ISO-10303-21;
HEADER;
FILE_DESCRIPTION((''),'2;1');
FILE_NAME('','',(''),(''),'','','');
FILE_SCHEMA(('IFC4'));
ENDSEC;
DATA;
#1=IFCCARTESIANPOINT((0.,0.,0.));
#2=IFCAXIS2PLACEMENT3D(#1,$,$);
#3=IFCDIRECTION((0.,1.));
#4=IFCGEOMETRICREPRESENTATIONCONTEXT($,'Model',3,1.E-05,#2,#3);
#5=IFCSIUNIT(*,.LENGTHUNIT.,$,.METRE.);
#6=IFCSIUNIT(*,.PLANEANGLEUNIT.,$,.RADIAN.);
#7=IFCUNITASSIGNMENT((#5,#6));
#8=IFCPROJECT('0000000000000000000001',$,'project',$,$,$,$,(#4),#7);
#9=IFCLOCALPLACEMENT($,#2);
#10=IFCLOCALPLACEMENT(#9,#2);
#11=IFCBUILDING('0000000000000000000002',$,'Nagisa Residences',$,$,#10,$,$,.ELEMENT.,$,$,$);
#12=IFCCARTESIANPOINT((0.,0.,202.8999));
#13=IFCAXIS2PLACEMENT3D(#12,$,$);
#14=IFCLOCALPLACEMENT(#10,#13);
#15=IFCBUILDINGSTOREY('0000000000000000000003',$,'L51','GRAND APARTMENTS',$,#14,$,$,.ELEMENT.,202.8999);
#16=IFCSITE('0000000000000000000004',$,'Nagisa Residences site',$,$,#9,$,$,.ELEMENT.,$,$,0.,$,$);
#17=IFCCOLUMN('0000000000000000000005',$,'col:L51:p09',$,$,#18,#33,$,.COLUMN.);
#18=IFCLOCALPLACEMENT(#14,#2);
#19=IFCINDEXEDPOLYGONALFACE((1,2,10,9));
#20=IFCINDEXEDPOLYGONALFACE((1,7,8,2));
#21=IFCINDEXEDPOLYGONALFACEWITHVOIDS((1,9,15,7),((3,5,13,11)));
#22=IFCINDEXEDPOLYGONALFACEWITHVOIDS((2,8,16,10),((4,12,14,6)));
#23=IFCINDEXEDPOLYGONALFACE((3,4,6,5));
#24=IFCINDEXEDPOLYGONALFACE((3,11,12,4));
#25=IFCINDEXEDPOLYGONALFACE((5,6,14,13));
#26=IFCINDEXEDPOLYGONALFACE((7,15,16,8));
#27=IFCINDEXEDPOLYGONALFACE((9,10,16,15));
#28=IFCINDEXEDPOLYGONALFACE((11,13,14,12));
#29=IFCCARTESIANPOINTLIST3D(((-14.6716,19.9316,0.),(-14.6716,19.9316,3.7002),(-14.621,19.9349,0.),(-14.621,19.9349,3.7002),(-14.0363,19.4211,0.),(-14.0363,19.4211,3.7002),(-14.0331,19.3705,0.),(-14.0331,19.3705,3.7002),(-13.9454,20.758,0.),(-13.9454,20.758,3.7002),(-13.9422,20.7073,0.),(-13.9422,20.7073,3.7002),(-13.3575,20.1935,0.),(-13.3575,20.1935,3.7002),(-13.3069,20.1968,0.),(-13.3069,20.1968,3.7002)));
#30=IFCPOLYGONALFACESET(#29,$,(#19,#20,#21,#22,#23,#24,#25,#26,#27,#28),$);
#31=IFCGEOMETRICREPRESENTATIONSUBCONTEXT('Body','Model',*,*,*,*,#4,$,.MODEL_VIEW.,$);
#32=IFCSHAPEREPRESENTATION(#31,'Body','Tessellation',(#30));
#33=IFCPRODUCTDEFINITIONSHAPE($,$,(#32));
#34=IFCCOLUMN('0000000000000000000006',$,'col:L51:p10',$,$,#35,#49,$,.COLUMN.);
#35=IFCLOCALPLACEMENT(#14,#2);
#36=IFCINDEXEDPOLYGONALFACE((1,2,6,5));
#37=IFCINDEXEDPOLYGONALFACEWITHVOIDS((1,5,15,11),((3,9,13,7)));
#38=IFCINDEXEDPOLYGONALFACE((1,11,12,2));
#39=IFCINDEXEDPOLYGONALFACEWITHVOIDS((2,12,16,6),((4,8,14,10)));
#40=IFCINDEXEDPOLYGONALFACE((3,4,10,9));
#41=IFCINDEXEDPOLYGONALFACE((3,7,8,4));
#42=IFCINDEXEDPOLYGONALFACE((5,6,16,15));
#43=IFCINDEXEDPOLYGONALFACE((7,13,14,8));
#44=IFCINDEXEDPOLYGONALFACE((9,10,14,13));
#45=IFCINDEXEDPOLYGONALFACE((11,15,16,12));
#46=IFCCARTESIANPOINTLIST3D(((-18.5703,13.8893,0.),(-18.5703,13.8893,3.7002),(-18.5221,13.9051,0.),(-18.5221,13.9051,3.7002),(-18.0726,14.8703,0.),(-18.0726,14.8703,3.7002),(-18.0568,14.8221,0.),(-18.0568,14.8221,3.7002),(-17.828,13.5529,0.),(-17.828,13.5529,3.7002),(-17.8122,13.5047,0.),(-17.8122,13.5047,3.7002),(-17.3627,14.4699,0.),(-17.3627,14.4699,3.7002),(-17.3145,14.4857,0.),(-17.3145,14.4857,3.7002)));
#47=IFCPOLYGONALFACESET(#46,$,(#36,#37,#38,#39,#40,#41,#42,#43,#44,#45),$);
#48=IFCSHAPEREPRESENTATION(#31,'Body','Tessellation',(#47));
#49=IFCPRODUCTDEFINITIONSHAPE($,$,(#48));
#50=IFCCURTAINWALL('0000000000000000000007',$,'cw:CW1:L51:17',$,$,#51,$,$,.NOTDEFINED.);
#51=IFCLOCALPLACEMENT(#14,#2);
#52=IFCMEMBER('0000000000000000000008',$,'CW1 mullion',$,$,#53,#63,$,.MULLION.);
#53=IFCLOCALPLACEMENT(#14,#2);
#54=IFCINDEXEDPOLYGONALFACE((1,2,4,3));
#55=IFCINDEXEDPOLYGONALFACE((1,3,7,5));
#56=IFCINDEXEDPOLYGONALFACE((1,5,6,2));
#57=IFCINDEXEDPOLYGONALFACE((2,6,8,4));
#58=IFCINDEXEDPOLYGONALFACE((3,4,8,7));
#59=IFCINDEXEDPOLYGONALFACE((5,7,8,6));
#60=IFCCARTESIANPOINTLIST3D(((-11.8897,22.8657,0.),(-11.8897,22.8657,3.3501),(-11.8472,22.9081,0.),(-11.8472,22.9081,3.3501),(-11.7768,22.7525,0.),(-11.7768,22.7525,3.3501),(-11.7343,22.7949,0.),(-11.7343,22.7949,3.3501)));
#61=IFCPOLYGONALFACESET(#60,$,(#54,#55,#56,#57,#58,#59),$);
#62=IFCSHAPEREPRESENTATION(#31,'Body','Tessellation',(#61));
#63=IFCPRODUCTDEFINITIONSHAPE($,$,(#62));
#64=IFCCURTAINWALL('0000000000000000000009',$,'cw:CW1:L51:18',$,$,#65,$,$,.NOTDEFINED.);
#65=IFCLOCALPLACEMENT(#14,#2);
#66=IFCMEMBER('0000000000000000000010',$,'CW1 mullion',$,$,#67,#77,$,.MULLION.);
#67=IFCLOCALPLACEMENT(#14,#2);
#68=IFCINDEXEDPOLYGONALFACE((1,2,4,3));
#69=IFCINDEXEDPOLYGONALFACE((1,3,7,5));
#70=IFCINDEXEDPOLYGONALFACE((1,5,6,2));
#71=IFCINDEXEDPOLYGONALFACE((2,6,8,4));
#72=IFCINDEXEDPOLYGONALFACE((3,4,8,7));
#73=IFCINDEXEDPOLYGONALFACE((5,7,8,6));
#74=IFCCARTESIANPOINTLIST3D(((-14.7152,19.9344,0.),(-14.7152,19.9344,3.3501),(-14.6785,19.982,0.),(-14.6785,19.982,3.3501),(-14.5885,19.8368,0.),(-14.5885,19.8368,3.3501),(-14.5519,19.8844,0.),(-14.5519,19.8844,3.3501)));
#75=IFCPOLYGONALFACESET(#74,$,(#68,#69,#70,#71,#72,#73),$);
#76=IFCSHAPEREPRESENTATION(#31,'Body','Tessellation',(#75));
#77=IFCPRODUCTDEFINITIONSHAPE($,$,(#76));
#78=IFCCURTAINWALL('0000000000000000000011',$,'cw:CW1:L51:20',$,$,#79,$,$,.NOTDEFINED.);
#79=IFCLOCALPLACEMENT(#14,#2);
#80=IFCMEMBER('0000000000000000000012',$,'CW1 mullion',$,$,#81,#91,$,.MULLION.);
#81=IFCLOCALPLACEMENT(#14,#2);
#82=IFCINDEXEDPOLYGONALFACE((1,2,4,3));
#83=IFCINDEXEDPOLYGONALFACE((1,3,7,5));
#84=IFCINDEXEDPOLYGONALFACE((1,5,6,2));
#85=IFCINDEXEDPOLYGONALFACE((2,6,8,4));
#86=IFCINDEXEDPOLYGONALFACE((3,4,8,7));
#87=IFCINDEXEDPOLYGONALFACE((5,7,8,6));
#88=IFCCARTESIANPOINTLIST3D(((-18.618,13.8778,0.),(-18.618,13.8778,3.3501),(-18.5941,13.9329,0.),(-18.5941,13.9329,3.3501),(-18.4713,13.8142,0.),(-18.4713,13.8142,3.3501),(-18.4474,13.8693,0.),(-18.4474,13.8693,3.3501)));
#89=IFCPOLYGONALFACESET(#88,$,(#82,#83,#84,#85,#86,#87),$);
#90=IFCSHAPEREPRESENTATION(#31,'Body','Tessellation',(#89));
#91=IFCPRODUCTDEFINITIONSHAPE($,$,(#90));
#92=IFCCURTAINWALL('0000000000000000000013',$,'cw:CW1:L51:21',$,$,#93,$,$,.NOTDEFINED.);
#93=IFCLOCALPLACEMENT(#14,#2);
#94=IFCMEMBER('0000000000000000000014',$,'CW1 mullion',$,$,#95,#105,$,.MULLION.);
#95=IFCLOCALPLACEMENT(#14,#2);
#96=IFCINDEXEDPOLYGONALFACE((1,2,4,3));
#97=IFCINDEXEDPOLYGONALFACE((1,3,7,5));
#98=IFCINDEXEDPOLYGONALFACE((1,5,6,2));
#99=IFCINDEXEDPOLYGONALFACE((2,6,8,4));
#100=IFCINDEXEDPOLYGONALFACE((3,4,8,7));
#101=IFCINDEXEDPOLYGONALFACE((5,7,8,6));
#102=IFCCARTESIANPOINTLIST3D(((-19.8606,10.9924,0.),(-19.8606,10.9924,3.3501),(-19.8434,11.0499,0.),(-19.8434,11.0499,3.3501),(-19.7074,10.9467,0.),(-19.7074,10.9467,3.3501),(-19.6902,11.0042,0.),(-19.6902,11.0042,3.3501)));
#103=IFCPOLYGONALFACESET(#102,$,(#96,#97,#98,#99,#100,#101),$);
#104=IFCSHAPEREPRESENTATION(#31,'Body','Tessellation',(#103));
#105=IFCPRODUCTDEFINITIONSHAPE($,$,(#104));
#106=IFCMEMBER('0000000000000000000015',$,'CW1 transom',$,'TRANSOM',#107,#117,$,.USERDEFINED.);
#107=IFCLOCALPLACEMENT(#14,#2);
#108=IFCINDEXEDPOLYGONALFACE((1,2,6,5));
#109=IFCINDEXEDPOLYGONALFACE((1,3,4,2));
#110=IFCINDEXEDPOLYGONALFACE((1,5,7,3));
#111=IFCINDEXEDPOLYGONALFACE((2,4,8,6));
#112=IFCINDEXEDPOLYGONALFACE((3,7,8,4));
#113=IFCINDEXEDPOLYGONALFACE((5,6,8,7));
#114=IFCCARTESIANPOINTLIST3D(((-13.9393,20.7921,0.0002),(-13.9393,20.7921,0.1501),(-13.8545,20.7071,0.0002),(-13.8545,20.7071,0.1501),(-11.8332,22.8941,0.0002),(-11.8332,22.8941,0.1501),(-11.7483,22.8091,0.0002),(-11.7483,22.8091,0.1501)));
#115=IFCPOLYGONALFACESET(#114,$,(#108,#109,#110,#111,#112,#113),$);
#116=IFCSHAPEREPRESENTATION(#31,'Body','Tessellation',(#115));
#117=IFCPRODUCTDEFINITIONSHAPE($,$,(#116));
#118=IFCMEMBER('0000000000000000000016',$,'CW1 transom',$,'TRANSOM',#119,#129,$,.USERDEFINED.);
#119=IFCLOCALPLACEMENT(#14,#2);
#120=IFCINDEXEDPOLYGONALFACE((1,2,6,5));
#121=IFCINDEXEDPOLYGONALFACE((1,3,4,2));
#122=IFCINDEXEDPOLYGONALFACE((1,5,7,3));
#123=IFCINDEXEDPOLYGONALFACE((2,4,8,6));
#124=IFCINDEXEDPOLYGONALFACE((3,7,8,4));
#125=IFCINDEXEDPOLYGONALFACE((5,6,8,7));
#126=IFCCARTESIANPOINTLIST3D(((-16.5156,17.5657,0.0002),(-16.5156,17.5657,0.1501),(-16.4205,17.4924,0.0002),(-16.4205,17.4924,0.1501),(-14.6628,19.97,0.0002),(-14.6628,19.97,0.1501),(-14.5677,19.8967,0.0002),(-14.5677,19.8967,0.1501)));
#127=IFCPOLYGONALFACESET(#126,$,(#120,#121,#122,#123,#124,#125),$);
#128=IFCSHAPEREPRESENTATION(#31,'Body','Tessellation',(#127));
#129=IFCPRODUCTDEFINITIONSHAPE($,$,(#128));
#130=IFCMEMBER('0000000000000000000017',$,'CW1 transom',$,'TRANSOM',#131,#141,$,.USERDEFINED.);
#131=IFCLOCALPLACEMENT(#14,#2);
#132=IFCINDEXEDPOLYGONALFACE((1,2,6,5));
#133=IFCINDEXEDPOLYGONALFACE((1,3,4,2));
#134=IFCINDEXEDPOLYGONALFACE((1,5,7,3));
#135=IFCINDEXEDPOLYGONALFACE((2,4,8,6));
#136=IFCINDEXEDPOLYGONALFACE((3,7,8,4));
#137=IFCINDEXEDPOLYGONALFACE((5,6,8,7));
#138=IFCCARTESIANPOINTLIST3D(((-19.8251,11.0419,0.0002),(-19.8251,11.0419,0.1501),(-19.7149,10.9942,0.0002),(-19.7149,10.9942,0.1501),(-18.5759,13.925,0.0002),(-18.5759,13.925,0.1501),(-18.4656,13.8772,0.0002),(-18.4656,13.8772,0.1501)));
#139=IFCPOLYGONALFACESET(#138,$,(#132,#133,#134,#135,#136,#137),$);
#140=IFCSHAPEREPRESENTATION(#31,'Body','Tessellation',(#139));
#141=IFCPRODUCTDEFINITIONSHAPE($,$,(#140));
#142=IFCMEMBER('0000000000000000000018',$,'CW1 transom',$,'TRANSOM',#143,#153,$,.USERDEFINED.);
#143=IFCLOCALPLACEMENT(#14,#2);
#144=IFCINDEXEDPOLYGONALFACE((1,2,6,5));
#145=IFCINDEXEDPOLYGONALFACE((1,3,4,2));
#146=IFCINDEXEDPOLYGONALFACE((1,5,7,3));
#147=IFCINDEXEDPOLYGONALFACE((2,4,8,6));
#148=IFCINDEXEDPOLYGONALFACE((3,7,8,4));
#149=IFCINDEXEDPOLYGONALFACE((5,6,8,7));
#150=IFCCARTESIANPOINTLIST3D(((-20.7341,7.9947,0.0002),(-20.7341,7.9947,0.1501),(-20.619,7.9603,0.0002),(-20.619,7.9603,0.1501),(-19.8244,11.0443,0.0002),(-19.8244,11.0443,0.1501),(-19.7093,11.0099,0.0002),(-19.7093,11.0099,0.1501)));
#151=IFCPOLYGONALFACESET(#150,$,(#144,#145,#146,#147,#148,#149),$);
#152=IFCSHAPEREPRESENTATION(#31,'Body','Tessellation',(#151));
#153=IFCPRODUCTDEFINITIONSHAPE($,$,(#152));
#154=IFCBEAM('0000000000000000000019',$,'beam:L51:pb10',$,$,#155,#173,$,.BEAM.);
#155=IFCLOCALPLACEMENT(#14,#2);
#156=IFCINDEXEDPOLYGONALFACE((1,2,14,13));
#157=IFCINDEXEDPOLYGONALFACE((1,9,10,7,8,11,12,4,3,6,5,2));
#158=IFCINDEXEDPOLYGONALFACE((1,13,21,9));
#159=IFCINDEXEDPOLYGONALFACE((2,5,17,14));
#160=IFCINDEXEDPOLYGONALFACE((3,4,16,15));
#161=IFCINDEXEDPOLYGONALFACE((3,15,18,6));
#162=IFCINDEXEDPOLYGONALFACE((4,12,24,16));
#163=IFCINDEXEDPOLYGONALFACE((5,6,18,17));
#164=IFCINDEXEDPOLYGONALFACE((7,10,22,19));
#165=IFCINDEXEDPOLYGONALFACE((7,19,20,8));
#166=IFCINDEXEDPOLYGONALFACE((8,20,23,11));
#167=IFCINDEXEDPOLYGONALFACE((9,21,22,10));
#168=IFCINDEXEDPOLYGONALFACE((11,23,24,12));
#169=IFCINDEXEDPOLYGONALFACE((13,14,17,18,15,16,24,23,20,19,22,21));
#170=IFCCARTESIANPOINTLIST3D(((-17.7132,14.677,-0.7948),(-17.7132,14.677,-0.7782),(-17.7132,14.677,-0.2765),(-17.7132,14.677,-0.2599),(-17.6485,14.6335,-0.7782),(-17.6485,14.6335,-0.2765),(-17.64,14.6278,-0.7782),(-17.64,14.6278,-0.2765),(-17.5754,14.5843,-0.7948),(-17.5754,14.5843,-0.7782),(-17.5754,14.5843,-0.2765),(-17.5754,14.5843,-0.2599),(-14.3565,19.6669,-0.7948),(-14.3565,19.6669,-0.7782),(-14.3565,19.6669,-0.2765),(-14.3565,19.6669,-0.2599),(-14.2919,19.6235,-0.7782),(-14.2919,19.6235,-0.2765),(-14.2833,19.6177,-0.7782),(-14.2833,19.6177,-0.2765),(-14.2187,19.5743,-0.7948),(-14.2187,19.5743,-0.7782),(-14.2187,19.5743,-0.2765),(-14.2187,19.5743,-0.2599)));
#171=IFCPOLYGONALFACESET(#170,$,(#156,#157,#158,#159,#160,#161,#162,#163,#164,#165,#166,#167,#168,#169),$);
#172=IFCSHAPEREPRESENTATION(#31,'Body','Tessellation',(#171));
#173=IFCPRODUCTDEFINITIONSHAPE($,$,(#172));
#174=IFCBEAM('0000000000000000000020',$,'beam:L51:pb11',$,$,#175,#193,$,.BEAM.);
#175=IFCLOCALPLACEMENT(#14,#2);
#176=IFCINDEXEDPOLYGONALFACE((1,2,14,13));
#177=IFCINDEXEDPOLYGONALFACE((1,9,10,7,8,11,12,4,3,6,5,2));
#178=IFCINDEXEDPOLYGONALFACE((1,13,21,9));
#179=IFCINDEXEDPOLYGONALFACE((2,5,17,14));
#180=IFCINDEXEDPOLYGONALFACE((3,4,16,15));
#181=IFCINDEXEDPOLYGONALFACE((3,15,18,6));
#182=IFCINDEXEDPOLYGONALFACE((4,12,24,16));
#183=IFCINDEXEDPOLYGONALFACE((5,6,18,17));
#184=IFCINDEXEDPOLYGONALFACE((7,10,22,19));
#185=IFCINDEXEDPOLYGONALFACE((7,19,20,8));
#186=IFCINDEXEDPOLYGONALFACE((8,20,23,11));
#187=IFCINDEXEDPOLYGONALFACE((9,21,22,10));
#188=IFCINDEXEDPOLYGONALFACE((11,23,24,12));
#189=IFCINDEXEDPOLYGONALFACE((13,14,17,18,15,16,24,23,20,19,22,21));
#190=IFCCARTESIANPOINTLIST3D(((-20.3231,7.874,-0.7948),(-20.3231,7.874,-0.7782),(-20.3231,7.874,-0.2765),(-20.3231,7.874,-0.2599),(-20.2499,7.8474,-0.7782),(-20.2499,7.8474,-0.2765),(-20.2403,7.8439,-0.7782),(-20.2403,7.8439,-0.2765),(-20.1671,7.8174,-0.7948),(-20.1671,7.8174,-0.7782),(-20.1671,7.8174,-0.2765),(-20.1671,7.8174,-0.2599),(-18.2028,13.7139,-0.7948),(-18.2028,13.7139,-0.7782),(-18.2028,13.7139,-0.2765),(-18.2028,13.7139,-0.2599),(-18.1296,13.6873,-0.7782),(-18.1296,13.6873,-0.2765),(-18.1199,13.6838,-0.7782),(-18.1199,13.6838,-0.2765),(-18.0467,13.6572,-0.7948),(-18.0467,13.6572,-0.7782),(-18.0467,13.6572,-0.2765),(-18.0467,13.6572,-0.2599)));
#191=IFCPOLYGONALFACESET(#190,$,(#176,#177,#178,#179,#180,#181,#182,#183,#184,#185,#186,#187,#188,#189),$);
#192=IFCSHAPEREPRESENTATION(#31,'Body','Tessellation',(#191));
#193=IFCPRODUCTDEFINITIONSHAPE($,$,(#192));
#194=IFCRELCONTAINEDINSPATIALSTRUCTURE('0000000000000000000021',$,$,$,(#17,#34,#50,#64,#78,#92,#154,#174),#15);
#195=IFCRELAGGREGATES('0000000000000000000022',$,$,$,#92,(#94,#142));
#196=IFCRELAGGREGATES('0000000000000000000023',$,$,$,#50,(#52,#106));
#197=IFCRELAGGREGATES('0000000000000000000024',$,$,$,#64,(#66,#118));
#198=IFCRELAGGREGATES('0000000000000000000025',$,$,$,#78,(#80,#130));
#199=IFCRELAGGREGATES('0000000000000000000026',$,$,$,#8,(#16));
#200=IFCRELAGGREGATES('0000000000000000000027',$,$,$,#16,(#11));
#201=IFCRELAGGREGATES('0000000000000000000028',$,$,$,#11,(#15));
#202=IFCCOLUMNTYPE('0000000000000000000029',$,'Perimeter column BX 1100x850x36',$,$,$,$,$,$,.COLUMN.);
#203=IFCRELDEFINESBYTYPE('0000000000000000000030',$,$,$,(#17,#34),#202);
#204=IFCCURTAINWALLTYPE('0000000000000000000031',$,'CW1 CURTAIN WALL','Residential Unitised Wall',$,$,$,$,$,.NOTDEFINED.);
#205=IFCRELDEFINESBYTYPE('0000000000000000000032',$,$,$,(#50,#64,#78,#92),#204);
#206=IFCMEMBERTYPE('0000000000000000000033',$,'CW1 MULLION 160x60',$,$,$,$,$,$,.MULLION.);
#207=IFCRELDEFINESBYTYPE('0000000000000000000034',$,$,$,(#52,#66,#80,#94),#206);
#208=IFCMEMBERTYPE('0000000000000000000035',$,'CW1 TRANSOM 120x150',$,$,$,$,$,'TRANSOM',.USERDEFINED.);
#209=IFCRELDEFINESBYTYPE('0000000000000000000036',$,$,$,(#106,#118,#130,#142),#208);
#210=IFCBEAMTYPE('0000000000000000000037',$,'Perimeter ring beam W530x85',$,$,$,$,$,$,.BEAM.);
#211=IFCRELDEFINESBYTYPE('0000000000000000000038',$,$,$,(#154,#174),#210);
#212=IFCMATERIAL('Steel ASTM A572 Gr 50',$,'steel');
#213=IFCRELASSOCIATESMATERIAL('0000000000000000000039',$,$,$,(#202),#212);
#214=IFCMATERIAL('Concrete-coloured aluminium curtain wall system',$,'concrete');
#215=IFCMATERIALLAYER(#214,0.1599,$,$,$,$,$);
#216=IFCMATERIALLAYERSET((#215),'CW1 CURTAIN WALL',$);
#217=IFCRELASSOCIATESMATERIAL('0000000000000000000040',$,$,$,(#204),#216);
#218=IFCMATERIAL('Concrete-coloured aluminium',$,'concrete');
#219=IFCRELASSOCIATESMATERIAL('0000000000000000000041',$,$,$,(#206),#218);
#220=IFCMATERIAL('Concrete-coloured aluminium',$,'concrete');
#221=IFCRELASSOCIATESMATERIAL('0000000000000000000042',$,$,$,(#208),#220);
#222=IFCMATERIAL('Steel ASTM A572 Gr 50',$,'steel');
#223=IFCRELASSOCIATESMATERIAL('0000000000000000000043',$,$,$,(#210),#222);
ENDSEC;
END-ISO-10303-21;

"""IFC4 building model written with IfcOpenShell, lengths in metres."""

from ifc_helpers import new_model, si_unit, direction, frame, origin, origin_2d, place, context, subcontext, project, spatial, rectangle, hollow_rectangle, i_section, extrude, material, layer, layer_set, material_profile, profile_set, type_object, element, aggregate, save


model = new_model("IFC4")

# Units and contexts
model_context = context("Model", 3, precision=1e-05, world=origin(), true_north=direction((0.0, 1.0)))
body_context = subcontext(model_context, "Body", "Model", "MODEL_VIEW")
ifc_project = project(units=[si_unit("LENGTHUNIT", "METRE"), si_unit("PLANEANGLEUNIT", "RADIAN")], contexts=[model_context])

# Site, building, storey
site_placement = place(None, origin())
site = spatial("IfcSite", under=ifc_project, at=site_placement, Name="Nagisa Residences site", CompositionType="ELEMENT", RefElevation=0.0)
building_placement = place(site_placement, origin())
building = spatial("IfcBuilding", under=site, at=building_placement, Name="Nagisa Residences", CompositionType="ELEMENT")
storey_placement = place(building_placement, frame((0.0, 0.0, 202.8999)))
storey = spatial("IfcBuildingStorey", under=building, at=storey_placement, Name="L51", Description="GRAND APARTMENTS", CompositionType="ELEMENT", Elevation=202.8999)

# Columns
ifc_material_1 = material(Name="Steel ASTM A572 Gr 50", Category="steel")
ifc_material_profile_1 = material_profile(ifc_material_1, hollow_rectangle(XDim=1.1001, YDim=0.8501, WallThickness=0.0359, at=origin_2d()), Name="BX 1100x850x36")
ifc_profile_set_1 = profile_set([ifc_material_profile_1], Name="Steel ASTM A572 Gr 50")
column_type = type_object("IfcColumnType", Name="Perimeter column BX 1100x850x36", PredefinedType="COLUMN", material=ifc_profile_set_1)
for number, where, z_axis, x_axis, name in (
    (1, (-13.9893, 20.0642, 0.0), (0.0, 0.0, 1.0), (-0.660115, -0.751165, 0.0), "col:L51:p09"),
    (2, (-17.9424, 14.1875, 0.0), (0.0, 0.0, 1.0), (-0.452463, -0.891783, 0.0), "col:L51:p10"),
):
    element("IfcColumn", number, at=place(storey_placement, frame(where, z_axis=z_axis, x_axis=x_axis)), inside=storey, type_object=column_type, Name=name, PredefinedType="COLUMN", context=body_context, shape_type="SweptSolid", body=[
        extrude(hollow_rectangle(XDim=1.1001, YDim=0.8501, WallThickness=0.0359, at=origin_2d()), origin(), (0.0, 0.0, 1.0), 3.7002),
    ])

# Curtain walls, members
ifc_material_2 = material(Name="Concrete-coloured aluminium curtain wall system", Category="concrete")
ifc_layer_1 = layer(ifc_material_2, 0.1599)
ifc_layer_set_1 = layer_set([ifc_layer_1], Name="CW1 CURTAIN WALL")
curtain_wall_type = type_object("IfcCurtainWallType", Name="CW1 CURTAIN WALL", Description="Residential Unitised Wall", PredefinedType="NOTDEFINED", material=ifc_layer_set_1)
curtain_wall_1_placement = place(storey_placement, origin())
curtain_wall_1 = element("IfcCurtainWall", 3, at=curtain_wall_1_placement, inside=storey, type_object=curtain_wall_type, Name="cw:CW1:L51:17", PredefinedType="NOTDEFINED")
ifc_material_3 = material(Name="Concrete-coloured aluminium", Category="concrete")
ifc_material_profile_2 = material_profile(ifc_material_3, rectangle(XDim=0.1599, YDim=0.0601, at=origin_2d()), Name="CW1 MULLION 160x60")
ifc_profile_set_2 = profile_set([ifc_material_profile_2], Name="Concrete-coloured aluminium")
member_type_1 = type_object("IfcMemberType", Name="CW1 MULLION 160x60", PredefinedType="MULLION", material=ifc_profile_set_2)
member_1_placement = place(storey_placement, frame((-11.812, 22.8303, 0.0), z_axis=(0.0, 0.0, 1.0), x_axis=(0.706377, -0.707836, 0.0)))
member_1 = element("IfcMember", 4, at=member_1_placement, type_object=member_type_1, Name="CW1 mullion", PredefinedType="MULLION", context=body_context, shape_type="SweptSolid", body=[
    extrude(rectangle(XDim=0.1599, YDim=0.0601, at=origin_2d()), origin(), (0.0, 0.0, 1.0), 3.3501),
])
curtain_wall_2_placement = place(storey_placement, origin())
curtain_wall_2 = element("IfcCurtainWall", 5, at=curtain_wall_2_placement, inside=storey, type_object=curtain_wall_type, Name="cw:CW1:L51:18", PredefinedType="NOTDEFINED")
member_2_placement = place(storey_placement, frame((-14.6335, 19.9094, 0.0), z_axis=(0.0, 0.0, 1.0), x_axis=(0.79207, -0.61043, 0.0)))
member_2 = element("IfcMember", 6, at=member_2_placement, type_object=member_type_1, Name="CW1 mullion", PredefinedType="MULLION", context=body_context, shape_type="SweptSolid", body=[
    extrude(rectangle(XDim=0.1599, YDim=0.0601, at=origin_2d()), origin(), (0.0, 0.0, 1.0), 3.3501),
])
curtain_wall_3_placement = place(storey_placement, origin())
curtain_wall_3 = element("IfcCurtainWall", 7, at=curtain_wall_3_placement, inside=storey, type_object=curtain_wall_type, Name="cw:CW1:L51:20", PredefinedType="NOTDEFINED")
member_3_placement = place(storey_placement, frame((-18.5327, 13.8735, 0.0), z_axis=(0.0, 0.0, 1.0), x_axis=(0.917543, -0.397636, 0.0)))
member_3 = element("IfcMember", 8, at=member_3_placement, type_object=member_type_1, Name="CW1 mullion", PredefinedType="MULLION", context=body_context, shape_type="SweptSolid", body=[
    extrude(rectangle(XDim=0.1599, YDim=0.0601, at=origin_2d()), origin(), (0.0, 0.0, 1.0), 3.3501),
])
curtain_wall_4_placement = place(storey_placement, origin())
curtain_wall_4 = element("IfcCurtainWall", 9, at=curtain_wall_4_placement, inside=storey, type_object=curtain_wall_type, Name="cw:CW1:L51:21", PredefinedType="NOTDEFINED")
member_4_placement = place(storey_placement, frame((-19.7754, 10.9983, 0.0), z_axis=(0.0, 0.0, 1.0), x_axis=(0.958271, -0.28586, 0.0)))
member_4 = element("IfcMember", 10, at=member_4_placement, type_object=member_type_1, Name="CW1 mullion", PredefinedType="MULLION", context=body_context, shape_type="SweptSolid", body=[
    extrude(rectangle(XDim=0.1599, YDim=0.0601, at=origin_2d()), origin(), (0.0, 0.0, 1.0), 3.3501),
])

# Members
ifc_material_4 = material(Name="Concrete-coloured aluminium", Category="concrete")
ifc_material_profile_3 = material_profile(ifc_material_4, rectangle(XDim=0.1201, YDim=0.1499, at=origin_2d()), Name="CW1 TRANSOM 120x150")
ifc_profile_set_3 = profile_set([ifc_material_profile_3], Name="Concrete-coloured aluminium")
member_type_2 = type_object("IfcMemberType", Name="CW1 TRANSOM 120x150", ElementType="TRANSOM", PredefinedType="USERDEFINED", material=ifc_profile_set_3)
member_5_placement = place(storey_placement, frame((-11.7908, 22.8516, 0.0752), z_axis=(-0.707804, -0.706409, 0.0), x_axis=(0.706409, -0.707804, 0.0)))
member_5 = element("IfcMember", 11, at=member_5_placement, type_object=member_type_2, Name="CW1 transom", ObjectType="TRANSOM", PredefinedType="USERDEFINED", context=body_context, shape_type="SweptSolid", body=[
    extrude(rectangle(XDim=0.1201, YDim=0.1499, at=origin_2d()), origin(), (0.0, 0.0, 1.0), 2.9756),
])
member_6_placement = place(storey_placement, frame((-14.6152, 19.9333, 0.0752), z_axis=(-0.610399, -0.792094, 0.0), x_axis=(0.792094, -0.610399, 0.0)))
member_6 = element("IfcMember", 12, at=member_6_placement, type_object=member_type_2, Name="CW1 transom", ObjectType="TRANSOM", PredefinedType="USERDEFINED", context=body_context, shape_type="SweptSolid", body=[
    extrude(rectangle(XDim=0.1201, YDim=0.1499, at=origin_2d()), origin(), (0.0, 0.0, 1.0), 3.0354),
])
member_7_placement = place(storey_placement, frame((-18.5208, 13.9011, 0.0752), z_axis=(-0.397592, -0.917562, 0.0), x_axis=(0.917562, -0.397592, 0.0)))
member_7 = element("IfcMember", 13, at=member_7_placement, type_object=member_type_2, Name="CW1 transom", ObjectType="TRANSOM", PredefinedType="USERDEFINED", context=body_context, shape_type="SweptSolid", body=[
    extrude(rectangle(XDim=0.1201, YDim=0.1499, at=origin_2d()), origin(), (0.0, 0.0, 1.0), 3.1421),
])
member_8_placement = place(storey_placement, frame((-19.7668, 11.0271, 0.0752), z_axis=(-0.285848, -0.958275, 0.0), x_axis=(0.958275, -0.285848, 0.0)))
member_8 = element("IfcMember", 14, at=member_8_placement, type_object=member_type_2, Name="CW1 transom", ObjectType="TRANSOM", PredefinedType="USERDEFINED", context=body_context, shape_type="SweptSolid", body=[
    extrude(rectangle(XDim=0.1201, YDim=0.1499, at=origin_2d()), origin(), (0.0, 0.0, 1.0), 3.1824),
])
aggregate(curtain_wall_4, [member_4, member_8])

# Beams
ifc_material_5 = material(Name="Steel ASTM A572 Gr 50", Category="steel")
ifc_material_profile_4 = material_profile(ifc_material_5, i_section(OverallWidth=0.166, OverallDepth=0.5349, WebThickness=0.0103, FlangeThickness=0.0166, at=origin_2d()), Name="W530x85")
ifc_profile_set_4 = profile_set([ifc_material_profile_4], Name="Steel ASTM A572 Gr 50")
beam_type_1 = type_object("IfcBeamType", Name="Perimeter ring beam W530x85", PredefinedType="BEAM", material=ifc_profile_set_4)
beam_1_placement = place(storey_placement, frame((-14.2876, 19.6206, -0.5273), z_axis=(-0.558152, -0.829739, 0.0), x_axis=(0.829739, -0.558152, 0.0)))
element("IfcBeam", 15, at=beam_1_placement, inside=storey, type_object=beam_type_1, Name="beam:L51:pb10", PredefinedType="BEAM", context=body_context, shape_type="SweptSolid", body=[
    extrude(i_section(OverallWidth=0.166, OverallDepth=0.5349, WebThickness=0.0103, FlangeThickness=0.0166, at=origin_2d()), origin(), (0.0, 0.0, 1.0), 6.0139),
])
beam_2_placement = place(storey_placement, frame((-18.1248, 13.6855, -0.5273), z_axis=(-0.341286, -0.93996, 0.0), x_axis=(0.93996, -0.341286, 0.0)))
element("IfcBeam", 16, at=beam_2_placement, inside=storey, type_object=beam_type_1, Name="beam:L51:pb11", PredefinedType="BEAM", context=body_context, shape_type="SweptSolid", body=[
    extrude(i_section(OverallWidth=0.166, OverallDepth=0.5349, WebThickness=0.0103, FlangeThickness=0.0166, at=origin_2d()), origin(), (0.0, 0.0, 1.0), 6.2129),
])

aggregate(curtain_wall_1, [member_1, member_5])
aggregate(curtain_wall_2, [member_2, member_6])
aggregate(curtain_wall_3, [member_3, member_7])

save(model, "model.ifc")
